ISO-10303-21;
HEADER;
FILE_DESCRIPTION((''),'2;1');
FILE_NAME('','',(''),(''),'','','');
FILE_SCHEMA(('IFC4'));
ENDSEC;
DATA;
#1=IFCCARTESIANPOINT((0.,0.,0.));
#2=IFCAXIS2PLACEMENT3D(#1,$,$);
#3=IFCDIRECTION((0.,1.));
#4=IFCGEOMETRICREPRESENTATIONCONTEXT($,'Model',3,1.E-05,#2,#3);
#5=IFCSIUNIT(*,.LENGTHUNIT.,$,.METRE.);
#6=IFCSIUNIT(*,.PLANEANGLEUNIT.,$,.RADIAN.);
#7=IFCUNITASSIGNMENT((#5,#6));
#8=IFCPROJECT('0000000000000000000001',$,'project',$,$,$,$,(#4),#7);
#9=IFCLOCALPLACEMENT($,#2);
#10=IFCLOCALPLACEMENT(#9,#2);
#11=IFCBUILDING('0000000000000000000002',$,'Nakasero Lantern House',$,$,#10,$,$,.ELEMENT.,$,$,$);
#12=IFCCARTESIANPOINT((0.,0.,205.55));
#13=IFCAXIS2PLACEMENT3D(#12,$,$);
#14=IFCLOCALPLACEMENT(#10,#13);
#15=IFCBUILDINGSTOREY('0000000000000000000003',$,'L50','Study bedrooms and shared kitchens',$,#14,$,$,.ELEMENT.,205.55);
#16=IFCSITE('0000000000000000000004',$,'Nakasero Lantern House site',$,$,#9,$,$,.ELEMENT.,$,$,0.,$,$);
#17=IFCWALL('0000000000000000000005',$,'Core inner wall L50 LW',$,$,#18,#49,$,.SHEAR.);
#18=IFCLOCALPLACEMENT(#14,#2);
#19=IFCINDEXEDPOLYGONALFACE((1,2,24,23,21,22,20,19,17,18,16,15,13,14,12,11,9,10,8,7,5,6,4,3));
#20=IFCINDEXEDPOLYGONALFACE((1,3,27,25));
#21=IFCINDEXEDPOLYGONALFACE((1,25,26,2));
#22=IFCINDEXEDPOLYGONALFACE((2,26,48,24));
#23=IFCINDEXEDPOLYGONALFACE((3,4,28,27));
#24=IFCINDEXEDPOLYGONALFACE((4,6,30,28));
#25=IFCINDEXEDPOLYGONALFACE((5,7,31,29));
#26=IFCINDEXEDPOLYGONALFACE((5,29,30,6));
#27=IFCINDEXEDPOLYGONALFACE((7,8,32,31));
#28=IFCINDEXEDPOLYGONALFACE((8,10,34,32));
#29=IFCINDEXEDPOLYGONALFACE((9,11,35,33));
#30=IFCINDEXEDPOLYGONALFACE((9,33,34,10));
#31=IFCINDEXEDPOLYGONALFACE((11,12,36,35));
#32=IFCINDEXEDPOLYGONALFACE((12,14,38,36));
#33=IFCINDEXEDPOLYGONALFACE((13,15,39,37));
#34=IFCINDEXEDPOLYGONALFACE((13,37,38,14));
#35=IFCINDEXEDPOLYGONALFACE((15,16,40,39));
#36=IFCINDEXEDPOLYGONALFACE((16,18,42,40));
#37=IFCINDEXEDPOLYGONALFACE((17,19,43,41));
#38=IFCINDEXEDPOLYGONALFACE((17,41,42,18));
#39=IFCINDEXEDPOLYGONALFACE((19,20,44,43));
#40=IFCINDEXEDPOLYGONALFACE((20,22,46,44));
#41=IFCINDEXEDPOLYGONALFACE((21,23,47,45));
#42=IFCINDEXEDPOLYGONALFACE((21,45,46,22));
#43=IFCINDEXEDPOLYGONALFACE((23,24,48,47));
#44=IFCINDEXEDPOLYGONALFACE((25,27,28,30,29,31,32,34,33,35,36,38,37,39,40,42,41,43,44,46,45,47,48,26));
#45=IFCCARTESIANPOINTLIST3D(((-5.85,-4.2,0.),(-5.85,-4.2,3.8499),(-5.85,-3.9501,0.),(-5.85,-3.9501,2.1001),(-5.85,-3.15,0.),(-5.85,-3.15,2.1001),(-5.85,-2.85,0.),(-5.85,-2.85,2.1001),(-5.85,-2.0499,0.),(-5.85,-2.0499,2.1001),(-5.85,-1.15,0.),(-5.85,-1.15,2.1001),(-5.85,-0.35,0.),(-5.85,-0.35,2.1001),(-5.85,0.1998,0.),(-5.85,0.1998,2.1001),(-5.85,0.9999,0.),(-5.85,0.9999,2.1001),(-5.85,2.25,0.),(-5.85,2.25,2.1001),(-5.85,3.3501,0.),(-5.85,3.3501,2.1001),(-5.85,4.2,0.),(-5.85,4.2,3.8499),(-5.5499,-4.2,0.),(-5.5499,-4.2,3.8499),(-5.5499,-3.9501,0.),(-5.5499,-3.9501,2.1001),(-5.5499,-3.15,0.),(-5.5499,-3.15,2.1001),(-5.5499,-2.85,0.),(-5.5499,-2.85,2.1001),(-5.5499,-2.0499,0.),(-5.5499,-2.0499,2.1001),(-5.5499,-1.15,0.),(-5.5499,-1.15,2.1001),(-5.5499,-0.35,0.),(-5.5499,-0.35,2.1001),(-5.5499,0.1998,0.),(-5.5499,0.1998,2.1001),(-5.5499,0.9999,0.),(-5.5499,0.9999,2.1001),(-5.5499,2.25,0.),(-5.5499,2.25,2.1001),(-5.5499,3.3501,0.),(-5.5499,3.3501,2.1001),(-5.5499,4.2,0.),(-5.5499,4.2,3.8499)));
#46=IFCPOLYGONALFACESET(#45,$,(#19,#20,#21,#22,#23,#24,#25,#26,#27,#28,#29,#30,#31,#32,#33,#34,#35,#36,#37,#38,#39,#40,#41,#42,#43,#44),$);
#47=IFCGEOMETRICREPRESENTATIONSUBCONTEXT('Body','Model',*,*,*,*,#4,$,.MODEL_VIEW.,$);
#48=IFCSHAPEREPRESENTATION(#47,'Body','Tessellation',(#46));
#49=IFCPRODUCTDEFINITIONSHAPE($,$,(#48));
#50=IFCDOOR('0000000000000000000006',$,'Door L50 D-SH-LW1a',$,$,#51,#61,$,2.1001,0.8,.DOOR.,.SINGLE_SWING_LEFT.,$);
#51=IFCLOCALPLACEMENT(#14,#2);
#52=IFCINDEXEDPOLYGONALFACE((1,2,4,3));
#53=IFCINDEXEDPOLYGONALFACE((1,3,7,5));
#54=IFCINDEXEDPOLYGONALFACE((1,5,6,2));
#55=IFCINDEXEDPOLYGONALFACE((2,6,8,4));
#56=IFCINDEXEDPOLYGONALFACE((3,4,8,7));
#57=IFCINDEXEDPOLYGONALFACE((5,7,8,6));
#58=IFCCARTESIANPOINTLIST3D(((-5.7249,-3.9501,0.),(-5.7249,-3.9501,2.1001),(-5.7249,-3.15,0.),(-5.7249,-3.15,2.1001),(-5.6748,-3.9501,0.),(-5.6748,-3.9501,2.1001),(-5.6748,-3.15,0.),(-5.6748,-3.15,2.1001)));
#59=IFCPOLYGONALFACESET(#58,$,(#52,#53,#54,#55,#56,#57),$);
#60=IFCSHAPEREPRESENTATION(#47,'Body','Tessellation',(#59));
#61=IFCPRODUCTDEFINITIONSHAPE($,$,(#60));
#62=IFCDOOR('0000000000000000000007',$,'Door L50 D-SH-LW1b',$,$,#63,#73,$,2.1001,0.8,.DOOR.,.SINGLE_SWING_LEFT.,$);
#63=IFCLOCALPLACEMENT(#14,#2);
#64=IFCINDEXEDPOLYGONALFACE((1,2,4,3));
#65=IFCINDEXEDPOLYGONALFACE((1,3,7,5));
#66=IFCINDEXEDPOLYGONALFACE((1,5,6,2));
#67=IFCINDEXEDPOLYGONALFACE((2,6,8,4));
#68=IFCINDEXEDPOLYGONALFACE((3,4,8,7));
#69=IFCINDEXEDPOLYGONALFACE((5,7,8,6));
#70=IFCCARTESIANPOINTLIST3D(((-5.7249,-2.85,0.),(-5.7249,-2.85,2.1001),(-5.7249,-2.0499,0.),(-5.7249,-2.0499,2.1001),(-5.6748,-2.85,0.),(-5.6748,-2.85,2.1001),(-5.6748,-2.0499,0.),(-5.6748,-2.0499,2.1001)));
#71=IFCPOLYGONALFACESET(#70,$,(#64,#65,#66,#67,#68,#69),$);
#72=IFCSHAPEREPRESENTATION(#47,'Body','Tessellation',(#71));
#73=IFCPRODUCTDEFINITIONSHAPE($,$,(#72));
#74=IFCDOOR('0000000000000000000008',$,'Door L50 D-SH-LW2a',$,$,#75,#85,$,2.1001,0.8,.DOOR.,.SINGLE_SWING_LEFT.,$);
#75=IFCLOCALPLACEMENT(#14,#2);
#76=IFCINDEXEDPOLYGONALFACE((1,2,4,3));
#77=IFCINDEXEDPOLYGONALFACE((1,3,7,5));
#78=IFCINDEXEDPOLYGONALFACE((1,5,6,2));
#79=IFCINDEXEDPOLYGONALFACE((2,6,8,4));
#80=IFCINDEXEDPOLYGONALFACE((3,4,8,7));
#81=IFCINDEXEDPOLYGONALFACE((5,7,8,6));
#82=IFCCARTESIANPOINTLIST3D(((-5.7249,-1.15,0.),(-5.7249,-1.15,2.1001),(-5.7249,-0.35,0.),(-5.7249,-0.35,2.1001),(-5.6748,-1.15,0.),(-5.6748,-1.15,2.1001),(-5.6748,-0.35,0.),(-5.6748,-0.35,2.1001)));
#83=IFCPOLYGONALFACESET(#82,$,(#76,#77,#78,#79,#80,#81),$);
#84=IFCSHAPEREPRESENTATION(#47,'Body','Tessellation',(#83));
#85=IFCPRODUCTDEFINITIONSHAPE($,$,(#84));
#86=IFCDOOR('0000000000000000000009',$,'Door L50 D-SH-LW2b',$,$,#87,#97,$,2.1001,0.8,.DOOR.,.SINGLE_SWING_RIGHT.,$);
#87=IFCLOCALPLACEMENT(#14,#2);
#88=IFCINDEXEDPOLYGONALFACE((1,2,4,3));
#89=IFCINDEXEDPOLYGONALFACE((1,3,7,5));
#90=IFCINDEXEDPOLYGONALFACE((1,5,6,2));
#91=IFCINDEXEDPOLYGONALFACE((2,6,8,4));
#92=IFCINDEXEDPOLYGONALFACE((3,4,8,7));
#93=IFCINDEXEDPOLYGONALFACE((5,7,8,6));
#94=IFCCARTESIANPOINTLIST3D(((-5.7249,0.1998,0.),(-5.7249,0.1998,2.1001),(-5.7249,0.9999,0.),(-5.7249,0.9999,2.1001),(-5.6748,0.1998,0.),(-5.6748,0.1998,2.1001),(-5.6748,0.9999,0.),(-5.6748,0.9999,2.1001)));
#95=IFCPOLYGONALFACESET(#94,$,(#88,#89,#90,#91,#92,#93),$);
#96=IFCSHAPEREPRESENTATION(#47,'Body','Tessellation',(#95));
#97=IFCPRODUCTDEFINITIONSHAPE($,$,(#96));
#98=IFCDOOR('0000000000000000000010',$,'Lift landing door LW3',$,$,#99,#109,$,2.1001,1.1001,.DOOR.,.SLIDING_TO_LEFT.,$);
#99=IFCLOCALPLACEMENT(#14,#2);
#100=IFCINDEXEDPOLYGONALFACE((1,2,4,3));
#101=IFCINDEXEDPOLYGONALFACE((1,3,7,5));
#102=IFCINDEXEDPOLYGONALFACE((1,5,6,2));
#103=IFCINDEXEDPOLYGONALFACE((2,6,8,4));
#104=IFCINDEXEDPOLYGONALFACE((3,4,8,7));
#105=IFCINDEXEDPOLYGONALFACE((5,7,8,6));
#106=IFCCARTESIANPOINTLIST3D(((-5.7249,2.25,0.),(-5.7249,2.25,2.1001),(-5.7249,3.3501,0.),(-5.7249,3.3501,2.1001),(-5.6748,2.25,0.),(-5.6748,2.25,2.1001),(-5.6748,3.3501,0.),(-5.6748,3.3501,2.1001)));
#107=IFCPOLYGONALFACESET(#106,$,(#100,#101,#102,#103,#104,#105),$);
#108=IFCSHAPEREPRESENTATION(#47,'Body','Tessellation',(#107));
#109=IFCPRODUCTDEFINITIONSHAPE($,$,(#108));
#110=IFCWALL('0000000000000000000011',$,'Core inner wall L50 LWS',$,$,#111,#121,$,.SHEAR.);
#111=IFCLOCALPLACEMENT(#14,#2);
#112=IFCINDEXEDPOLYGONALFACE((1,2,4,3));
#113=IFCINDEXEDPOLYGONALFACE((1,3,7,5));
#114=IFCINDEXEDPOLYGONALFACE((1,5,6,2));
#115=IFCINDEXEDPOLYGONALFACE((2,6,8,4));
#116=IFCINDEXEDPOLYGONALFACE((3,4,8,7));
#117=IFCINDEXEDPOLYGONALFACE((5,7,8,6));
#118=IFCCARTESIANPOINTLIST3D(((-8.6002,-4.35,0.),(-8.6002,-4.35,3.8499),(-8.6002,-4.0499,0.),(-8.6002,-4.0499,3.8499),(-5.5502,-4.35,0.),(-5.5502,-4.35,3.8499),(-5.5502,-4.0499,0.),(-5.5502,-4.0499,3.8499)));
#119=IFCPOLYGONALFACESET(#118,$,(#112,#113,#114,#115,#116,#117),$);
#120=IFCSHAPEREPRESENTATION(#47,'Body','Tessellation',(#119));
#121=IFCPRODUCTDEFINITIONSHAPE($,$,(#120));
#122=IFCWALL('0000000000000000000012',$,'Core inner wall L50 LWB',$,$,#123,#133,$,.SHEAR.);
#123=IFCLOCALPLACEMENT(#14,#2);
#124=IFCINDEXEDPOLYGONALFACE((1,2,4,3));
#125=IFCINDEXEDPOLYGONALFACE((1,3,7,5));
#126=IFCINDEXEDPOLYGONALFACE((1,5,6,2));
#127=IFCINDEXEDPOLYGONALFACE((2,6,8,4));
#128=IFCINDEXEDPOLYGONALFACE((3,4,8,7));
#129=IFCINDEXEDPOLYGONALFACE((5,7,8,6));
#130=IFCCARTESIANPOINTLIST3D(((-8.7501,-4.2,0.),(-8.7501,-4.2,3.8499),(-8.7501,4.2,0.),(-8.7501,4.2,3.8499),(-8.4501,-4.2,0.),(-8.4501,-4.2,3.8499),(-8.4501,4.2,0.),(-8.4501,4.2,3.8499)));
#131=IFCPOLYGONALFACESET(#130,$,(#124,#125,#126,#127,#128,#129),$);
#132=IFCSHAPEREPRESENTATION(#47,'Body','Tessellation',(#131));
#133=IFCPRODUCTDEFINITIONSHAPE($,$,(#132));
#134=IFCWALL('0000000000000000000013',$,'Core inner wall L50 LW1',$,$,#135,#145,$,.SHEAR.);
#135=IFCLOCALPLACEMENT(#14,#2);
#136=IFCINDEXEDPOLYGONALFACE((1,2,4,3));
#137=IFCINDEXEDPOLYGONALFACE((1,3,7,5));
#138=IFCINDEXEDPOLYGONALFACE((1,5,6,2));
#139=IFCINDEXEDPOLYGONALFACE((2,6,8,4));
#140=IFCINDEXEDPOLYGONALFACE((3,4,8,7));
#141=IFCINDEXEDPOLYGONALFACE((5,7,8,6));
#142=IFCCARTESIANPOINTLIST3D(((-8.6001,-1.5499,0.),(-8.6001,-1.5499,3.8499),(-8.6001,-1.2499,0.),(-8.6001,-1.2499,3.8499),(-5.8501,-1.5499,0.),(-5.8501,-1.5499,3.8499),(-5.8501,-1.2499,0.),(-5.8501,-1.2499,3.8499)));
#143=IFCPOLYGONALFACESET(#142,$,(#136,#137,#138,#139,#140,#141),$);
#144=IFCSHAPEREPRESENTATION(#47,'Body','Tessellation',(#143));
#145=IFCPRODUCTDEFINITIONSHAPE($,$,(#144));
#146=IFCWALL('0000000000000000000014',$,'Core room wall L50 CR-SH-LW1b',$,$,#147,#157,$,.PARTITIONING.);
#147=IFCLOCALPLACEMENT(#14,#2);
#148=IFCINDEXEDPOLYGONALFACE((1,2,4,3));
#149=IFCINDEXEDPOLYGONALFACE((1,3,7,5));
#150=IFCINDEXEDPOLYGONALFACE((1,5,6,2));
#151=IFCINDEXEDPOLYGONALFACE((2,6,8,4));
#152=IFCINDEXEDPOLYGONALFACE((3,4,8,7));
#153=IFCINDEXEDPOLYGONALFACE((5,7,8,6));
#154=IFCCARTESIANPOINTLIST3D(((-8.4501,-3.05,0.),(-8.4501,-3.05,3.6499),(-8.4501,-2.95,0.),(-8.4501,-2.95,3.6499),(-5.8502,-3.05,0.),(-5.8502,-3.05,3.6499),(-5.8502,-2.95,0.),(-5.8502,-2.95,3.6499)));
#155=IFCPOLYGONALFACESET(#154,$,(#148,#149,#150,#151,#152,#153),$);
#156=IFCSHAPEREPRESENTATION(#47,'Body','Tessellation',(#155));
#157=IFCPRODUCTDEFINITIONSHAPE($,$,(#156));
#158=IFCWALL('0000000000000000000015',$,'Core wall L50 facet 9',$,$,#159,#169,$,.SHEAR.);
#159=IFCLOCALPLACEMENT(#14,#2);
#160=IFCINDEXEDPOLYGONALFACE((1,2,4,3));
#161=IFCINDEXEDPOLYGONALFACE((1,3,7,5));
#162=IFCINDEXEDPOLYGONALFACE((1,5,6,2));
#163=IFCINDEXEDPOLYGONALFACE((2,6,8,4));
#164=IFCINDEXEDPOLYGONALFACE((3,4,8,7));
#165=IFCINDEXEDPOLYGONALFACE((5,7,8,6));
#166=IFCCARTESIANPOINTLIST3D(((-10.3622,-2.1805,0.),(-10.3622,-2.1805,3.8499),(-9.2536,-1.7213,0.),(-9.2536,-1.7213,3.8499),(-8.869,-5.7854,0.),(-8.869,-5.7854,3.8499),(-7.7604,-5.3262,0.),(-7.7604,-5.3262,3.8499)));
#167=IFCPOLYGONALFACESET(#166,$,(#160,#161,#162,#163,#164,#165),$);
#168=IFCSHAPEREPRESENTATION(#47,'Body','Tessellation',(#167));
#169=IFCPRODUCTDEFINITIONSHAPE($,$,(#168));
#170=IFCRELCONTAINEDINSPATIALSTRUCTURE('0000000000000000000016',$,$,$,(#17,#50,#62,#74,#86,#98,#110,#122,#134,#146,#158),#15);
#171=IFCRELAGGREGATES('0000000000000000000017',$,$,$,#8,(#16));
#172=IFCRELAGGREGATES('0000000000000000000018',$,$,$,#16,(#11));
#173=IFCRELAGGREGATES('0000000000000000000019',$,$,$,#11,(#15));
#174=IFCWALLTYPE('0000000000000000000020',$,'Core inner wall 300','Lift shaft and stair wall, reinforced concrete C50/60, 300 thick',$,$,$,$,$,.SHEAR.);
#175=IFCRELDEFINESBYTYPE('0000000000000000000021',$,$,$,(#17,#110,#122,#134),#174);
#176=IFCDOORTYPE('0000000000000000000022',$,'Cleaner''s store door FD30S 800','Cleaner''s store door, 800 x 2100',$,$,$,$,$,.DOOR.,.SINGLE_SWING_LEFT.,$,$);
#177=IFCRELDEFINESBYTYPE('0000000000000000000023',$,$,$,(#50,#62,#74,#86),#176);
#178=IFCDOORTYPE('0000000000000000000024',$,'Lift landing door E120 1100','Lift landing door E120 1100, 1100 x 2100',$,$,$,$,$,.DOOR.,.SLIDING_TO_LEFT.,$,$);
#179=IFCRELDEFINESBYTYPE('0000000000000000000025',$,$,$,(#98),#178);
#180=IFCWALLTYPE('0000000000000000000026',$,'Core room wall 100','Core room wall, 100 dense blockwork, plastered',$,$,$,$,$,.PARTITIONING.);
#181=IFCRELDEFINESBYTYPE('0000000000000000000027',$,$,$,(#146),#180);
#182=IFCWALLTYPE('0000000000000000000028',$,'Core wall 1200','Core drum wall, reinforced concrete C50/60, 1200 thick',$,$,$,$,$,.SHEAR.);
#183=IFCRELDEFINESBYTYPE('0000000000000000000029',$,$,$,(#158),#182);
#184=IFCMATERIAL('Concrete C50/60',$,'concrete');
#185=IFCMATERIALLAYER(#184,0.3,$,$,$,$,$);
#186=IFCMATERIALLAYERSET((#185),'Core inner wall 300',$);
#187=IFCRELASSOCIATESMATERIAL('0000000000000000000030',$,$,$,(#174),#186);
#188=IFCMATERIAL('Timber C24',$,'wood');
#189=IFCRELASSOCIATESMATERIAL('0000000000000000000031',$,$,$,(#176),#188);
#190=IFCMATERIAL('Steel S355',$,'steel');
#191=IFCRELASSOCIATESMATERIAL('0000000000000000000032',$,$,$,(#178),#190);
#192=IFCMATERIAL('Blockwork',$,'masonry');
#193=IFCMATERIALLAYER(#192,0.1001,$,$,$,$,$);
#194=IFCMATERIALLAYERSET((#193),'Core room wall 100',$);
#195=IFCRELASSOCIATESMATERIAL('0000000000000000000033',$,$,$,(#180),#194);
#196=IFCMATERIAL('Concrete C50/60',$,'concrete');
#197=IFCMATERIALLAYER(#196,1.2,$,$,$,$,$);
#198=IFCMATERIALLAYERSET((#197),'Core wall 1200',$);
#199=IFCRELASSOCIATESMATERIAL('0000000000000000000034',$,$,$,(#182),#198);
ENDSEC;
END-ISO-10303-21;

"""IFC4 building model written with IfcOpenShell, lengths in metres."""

from ifc_helpers import new_model, si_unit, direction, frame, frame_2d, origin, place, context, subcontext, project, spatial, rectangle, extrude, material, layer, layer_set, type_object, element, fill, save


model = new_model("IFC4")

# Units and contexts
model_context = context("Model", 3, precision=1e-05, world=origin(), true_north=direction((0.0, 1.0)))
body_context = subcontext(model_context, "Body", "Model", "MODEL_VIEW")
ifc_project = project(units=[si_unit("LENGTHUNIT", "METRE"), si_unit("PLANEANGLEUNIT", "RADIAN")], contexts=[model_context])

# Site, building, storey
site_placement = place(None, origin())
site = spatial("IfcSite", under=ifc_project, at=site_placement, Name="Nakasero Lantern House site", CompositionType="ELEMENT", RefElevation=0.0)
building_placement = place(site_placement, origin())
building = spatial("IfcBuilding", under=site, at=building_placement, Name="Nakasero Lantern House", CompositionType="ELEMENT")
storey_placement = place(building_placement, frame((0.0, 0.0, 205.55)))
storey = spatial("IfcBuildingStorey", under=building, at=storey_placement, Name="L50", Description="Study bedrooms and shared kitchens", CompositionType="ELEMENT", Elevation=205.55)

# Wall, openings, doors
ifc_material_1 = material(Name="Concrete C50/60", Category="concrete")
ifc_layer_1 = layer(ifc_material_1, 0.3)
ifc_layer_set_1 = layer_set([ifc_layer_1], Name="Core inner wall 300")
wall_type_1 = type_object("IfcWallType", Name="Core inner wall 300", Description="Lift shaft and stair wall, reinforced concrete C50/60, 300 thick", PredefinedType="SHEAR", material=ifc_layer_set_1)
wall_1_placement = place(storey_placement, frame((-5.7, -4.2, 0.0), z_axis=(0.0, 0.0, 1.0), x_axis=(0.0, 1.0, 0.0)))
wall_1 = element("IfcWall", 1, at=wall_1_placement, inside=storey, type_object=wall_type_1, Name="Core inner wall L50 LW", PredefinedType="SHEAR", context=body_context, shape_type="SweptSolid", body=[
    extrude(rectangle(XDim=8.3999, YDim=0.3, at=frame_2d((4.2, 0.0))), origin(), (0.0, 0.0, 1.0), 3.8499),
])
opening_1_placement = place(wall_1_placement, frame((0.25, 0.0, 0.0)))
opening_1 = element("IfcOpeningElement", 2, at=opening_1_placement, cuts=wall_1, PredefinedType="OPENING", context=body_context, shape_type="SweptSolid", body=[
    extrude(rectangle(XDim=0.8, YDim=2.1001, at=frame_2d((0.3999, 1.05))), frame((0.0, 0.1699, 0.0), z_axis=(0.0, -1.0, 0.0), x_axis=(1.0, 0.0, 0.0)), (0.0, 0.0, 1.0), 0.3401),
])
opening_2_placement = place(wall_1_placement, frame((1.3501, 0.0, 0.0)))
opening_2 = element("IfcOpeningElement", 3, at=opening_2_placement, cuts=wall_1, PredefinedType="OPENING", context=body_context, shape_type="SweptSolid", body=[
    extrude(rectangle(XDim=0.8, YDim=2.1001, at=frame_2d((0.3999, 1.05))), frame((0.0, 0.1699, 0.0), z_axis=(0.0, -1.0, 0.0), x_axis=(1.0, 0.0, 0.0)), (0.0, 0.0, 1.0), 0.3401),
])
opening_3_placement = place(wall_1_placement, frame((3.05, 0.0, 0.0)))
opening_3 = element("IfcOpeningElement", 4, at=opening_3_placement, cuts=wall_1, PredefinedType="OPENING", context=body_context, shape_type="SweptSolid", body=[
    extrude(rectangle(XDim=0.8, YDim=2.1001, at=frame_2d((0.3999, 1.05))), frame((0.0, 0.1699, 0.0), z_axis=(0.0, -1.0, 0.0), x_axis=(1.0, 0.0, 0.0)), (0.0, 0.0, 1.0), 0.3401),
])
opening_4_placement = place(wall_1_placement, frame((4.3999, 0.0, 0.0)))
opening_4 = element("IfcOpeningElement", 5, at=opening_4_placement, cuts=wall_1, PredefinedType="OPENING", context=body_context, shape_type="SweptSolid", body=[
    extrude(rectangle(XDim=0.8, YDim=2.1001, at=frame_2d((0.3999, 1.05))), frame((0.0, 0.1699, 0.0), z_axis=(0.0, -1.0, 0.0), x_axis=(1.0, 0.0, 0.0)), (0.0, 0.0, 1.0), 0.3401),
])
opening_5_placement = place(wall_1_placement, frame((6.45, 0.0, 0.0)))
opening_5 = element("IfcOpeningElement", 6, at=opening_5_placement, cuts=wall_1, PredefinedType="OPENING", context=body_context, shape_type="SweptSolid", body=[
    extrude(rectangle(XDim=1.1001, YDim=2.1001, at=frame_2d((0.55, 1.05))), frame((0.0, 0.1699, 0.0), z_axis=(0.0, -1.0, 0.0), x_axis=(1.0, 0.0, 0.0)), (0.0, 0.0, 1.0), 0.3401),
])
ifc_material_2 = material(Name="Timber C24", Category="wood")
door_type_1 = type_object("IfcDoorType", Name="Cleaner's store door FD30S 800", Description="Cleaner's store door, 800 x 2100", OperationType="SINGLE_SWING_LEFT", PredefinedType="DOOR", material=ifc_material_2)
door_1_placement = place(opening_1_placement, origin())
door_1 = element("IfcDoor", 7, at=door_1_placement, inside=storey, type_object=door_type_1, Name="Door L50 D-SH-LW1a", OperationType="SINGLE_SWING_LEFT", OverallHeight=2.1001, OverallWidth=0.8, PredefinedType="DOOR", context=body_context, shape_type="SweptSolid", body=[
    extrude(rectangle(XDim=0.8, YDim=2.1001, at=frame_2d((0.3999, 1.05))), frame((0.0, 0.0249, 0.0), z_axis=(0.0, -1.0, 0.0), x_axis=(1.0, 0.0, 0.0)), (0.0, 0.0, 1.0), 0.05),
])
fill(opening_1, door_1)
door_2_placement = place(opening_2_placement, origin())
door_2 = element("IfcDoor", 8, at=door_2_placement, inside=storey, type_object=door_type_1, Name="Door L50 D-SH-LW1b", OperationType="SINGLE_SWING_LEFT", OverallHeight=2.1001, OverallWidth=0.8, PredefinedType="DOOR", context=body_context, shape_type="SweptSolid", body=[
    extrude(rectangle(XDim=0.8, YDim=2.1001, at=frame_2d((0.3999, 1.05))), frame((0.0, 0.0249, 0.0), z_axis=(0.0, -1.0, 0.0), x_axis=(1.0, 0.0, 0.0)), (0.0, 0.0, 1.0), 0.05),
])
fill(opening_2, door_2)
door_3_placement = place(opening_3_placement, origin())
door_3 = element("IfcDoor", 9, at=door_3_placement, inside=storey, type_object=door_type_1, Name="Door L50 D-SH-LW2a", OperationType="SINGLE_SWING_LEFT", OverallHeight=2.1001, OverallWidth=0.8, PredefinedType="DOOR", context=body_context, shape_type="SweptSolid", body=[
    extrude(rectangle(XDim=0.8, YDim=2.1001, at=frame_2d((0.3999, 1.05))), frame((0.0, 0.0249, 0.0), z_axis=(0.0, -1.0, 0.0), x_axis=(1.0, 0.0, 0.0)), (0.0, 0.0, 1.0), 0.05),
])
fill(opening_3, door_3)
door_4_placement = place(opening_4_placement, origin())
door_4 = element("IfcDoor", 10, at=door_4_placement, inside=storey, type_object=door_type_1, Name="Door L50 D-SH-LW2b", OperationType="SINGLE_SWING_RIGHT", OverallHeight=2.1001, OverallWidth=0.8, PredefinedType="DOOR", context=body_context, shape_type="SweptSolid", body=[
    extrude(rectangle(XDim=0.8, YDim=2.1001, at=frame_2d((0.3999, 1.05))), frame((0.0, 0.0249, 0.0), z_axis=(0.0, -1.0, 0.0), x_axis=(1.0, 0.0, 0.0)), (0.0, 0.0, 1.0), 0.05),
])
fill(opening_4, door_4)
ifc_material_3 = material(Name="Steel S355", Category="steel")
door_type_2 = type_object("IfcDoorType", Name="Lift landing door E120 1100", Description="Lift landing door E120 1100, 1100 x 2100", OperationType="SLIDING_TO_LEFT", PredefinedType="DOOR", material=ifc_material_3)
door_5_placement = place(opening_5_placement, origin())
door_5 = element("IfcDoor", 11, at=door_5_placement, inside=storey, type_object=door_type_2, Name="Lift landing door LW3", OperationType="SLIDING_TO_LEFT", OverallHeight=2.1001, OverallWidth=1.1001, PredefinedType="DOOR", context=body_context, shape_type="SweptSolid", body=[
    extrude(rectangle(XDim=1.1001, YDim=2.1001, at=frame_2d((0.55, 1.05))), frame((0.0, 0.0249, 0.0), z_axis=(0.0, -1.0, 0.0), x_axis=(1.0, 0.0, 0.0)), (0.0, 0.0, 1.0), 0.05),
])
fill(opening_5, door_5)

# Walls
wall_2_placement = place(storey_placement, frame((-8.6001, -4.2, 0.0), z_axis=(0.0, 0.0, 1.0), x_axis=(1.0, 0.0, 0.0)))
element("IfcWall", 12, at=wall_2_placement, inside=storey, type_object=wall_type_1, Name="Core inner wall L50 LWS", PredefinedType="SHEAR", context=body_context, shape_type="SweptSolid", body=[
    extrude(rectangle(XDim=3.05, YDim=0.3, at=frame_2d((1.5249, 0.0))), origin(), (0.0, 0.0, 1.0), 3.8499),
])
wall_3_placement = place(storey_placement, frame((-8.6001, -4.2, 0.0), z_axis=(0.0, 0.0, 1.0), x_axis=(0.0, 1.0, 0.0)))
element("IfcWall", 13, at=wall_3_placement, inside=storey, type_object=wall_type_1, Name="Core inner wall L50 LWB", PredefinedType="SHEAR", context=body_context, shape_type="SweptSolid", body=[
    extrude(rectangle(XDim=8.3999, YDim=0.3, at=frame_2d((4.2, 0.0))), origin(), (0.0, 0.0, 1.0), 3.8499),
])
wall_4_placement = place(storey_placement, frame((-8.6001, -1.3999, 0.0), z_axis=(0.0, 0.0, 1.0), x_axis=(1.0, 0.0, 0.0)))
element("IfcWall", 14, at=wall_4_placement, inside=storey, type_object=wall_type_1, Name="Core inner wall L50 LW1", PredefinedType="SHEAR", context=body_context, shape_type="SweptSolid", body=[
    extrude(rectangle(XDim=2.75, YDim=0.3, at=frame_2d((1.375, 0.0))), origin(), (0.0, 0.0, 1.0), 3.8499),
])
ifc_material_4 = material(Name="Blockwork", Category="masonry")
ifc_layer_2 = layer(ifc_material_4, 0.1001)
ifc_layer_set_2 = layer_set([ifc_layer_2], Name="Core room wall 100")
wall_type_2 = type_object("IfcWallType", Name="Core room wall 100", Description="Core room wall, 100 dense blockwork, plastered", PredefinedType="PARTITIONING", material=ifc_layer_set_2)
wall_5_placement = place(storey_placement, frame((-8.45, -3.0, 0.0), z_axis=(0.0, 0.0, 1.0), x_axis=(1.0, 0.0, 0.0)))
element("IfcWall", 15, at=wall_5_placement, inside=storey, type_object=wall_type_2, Name="Core room wall L50 CR-SH-LW1b", PredefinedType="PARTITIONING", context=body_context, shape_type="SweptSolid", body=[
    extrude(rectangle(XDim=2.5999, YDim=0.1001, at=frame_2d((1.2998, 0.0))), origin(), (0.0, 0.0, 1.0), 3.6499),
])
ifc_material_5 = material(Name="Concrete C50/60", Category="concrete")
ifc_layer_3 = layer(ifc_material_5, 1.2)
ifc_layer_set_3 = layer_set([ifc_layer_3], Name="Core wall 1200")
wall_type_3 = type_object("IfcWallType", Name="Core wall 1200", Description="Core drum wall, reinforced concrete C50/60, 1200 thick", PredefinedType="SHEAR", material=ifc_layer_set_3)
wall_6_placement = place(storey_placement, frame((-9.8079, -1.9509, 0.0), z_axis=(0.0, 0.0, 1.0), x_axis=(0.382691, -0.923877, 0.0)))
element("IfcWall", 16, at=wall_6_placement, inside=storey, type_object=wall_type_3, Name="Core wall L50 facet 9", PredefinedType="SHEAR", context=body_context, shape_type="SweptSolid", body=[
    extrude(rectangle(XDim=3.9019, YDim=1.2, at=frame_2d((1.9509, 0.0))), origin(), (0.0, 0.0, 1.0), 3.8499),
])

save(model, "model.ifc")
